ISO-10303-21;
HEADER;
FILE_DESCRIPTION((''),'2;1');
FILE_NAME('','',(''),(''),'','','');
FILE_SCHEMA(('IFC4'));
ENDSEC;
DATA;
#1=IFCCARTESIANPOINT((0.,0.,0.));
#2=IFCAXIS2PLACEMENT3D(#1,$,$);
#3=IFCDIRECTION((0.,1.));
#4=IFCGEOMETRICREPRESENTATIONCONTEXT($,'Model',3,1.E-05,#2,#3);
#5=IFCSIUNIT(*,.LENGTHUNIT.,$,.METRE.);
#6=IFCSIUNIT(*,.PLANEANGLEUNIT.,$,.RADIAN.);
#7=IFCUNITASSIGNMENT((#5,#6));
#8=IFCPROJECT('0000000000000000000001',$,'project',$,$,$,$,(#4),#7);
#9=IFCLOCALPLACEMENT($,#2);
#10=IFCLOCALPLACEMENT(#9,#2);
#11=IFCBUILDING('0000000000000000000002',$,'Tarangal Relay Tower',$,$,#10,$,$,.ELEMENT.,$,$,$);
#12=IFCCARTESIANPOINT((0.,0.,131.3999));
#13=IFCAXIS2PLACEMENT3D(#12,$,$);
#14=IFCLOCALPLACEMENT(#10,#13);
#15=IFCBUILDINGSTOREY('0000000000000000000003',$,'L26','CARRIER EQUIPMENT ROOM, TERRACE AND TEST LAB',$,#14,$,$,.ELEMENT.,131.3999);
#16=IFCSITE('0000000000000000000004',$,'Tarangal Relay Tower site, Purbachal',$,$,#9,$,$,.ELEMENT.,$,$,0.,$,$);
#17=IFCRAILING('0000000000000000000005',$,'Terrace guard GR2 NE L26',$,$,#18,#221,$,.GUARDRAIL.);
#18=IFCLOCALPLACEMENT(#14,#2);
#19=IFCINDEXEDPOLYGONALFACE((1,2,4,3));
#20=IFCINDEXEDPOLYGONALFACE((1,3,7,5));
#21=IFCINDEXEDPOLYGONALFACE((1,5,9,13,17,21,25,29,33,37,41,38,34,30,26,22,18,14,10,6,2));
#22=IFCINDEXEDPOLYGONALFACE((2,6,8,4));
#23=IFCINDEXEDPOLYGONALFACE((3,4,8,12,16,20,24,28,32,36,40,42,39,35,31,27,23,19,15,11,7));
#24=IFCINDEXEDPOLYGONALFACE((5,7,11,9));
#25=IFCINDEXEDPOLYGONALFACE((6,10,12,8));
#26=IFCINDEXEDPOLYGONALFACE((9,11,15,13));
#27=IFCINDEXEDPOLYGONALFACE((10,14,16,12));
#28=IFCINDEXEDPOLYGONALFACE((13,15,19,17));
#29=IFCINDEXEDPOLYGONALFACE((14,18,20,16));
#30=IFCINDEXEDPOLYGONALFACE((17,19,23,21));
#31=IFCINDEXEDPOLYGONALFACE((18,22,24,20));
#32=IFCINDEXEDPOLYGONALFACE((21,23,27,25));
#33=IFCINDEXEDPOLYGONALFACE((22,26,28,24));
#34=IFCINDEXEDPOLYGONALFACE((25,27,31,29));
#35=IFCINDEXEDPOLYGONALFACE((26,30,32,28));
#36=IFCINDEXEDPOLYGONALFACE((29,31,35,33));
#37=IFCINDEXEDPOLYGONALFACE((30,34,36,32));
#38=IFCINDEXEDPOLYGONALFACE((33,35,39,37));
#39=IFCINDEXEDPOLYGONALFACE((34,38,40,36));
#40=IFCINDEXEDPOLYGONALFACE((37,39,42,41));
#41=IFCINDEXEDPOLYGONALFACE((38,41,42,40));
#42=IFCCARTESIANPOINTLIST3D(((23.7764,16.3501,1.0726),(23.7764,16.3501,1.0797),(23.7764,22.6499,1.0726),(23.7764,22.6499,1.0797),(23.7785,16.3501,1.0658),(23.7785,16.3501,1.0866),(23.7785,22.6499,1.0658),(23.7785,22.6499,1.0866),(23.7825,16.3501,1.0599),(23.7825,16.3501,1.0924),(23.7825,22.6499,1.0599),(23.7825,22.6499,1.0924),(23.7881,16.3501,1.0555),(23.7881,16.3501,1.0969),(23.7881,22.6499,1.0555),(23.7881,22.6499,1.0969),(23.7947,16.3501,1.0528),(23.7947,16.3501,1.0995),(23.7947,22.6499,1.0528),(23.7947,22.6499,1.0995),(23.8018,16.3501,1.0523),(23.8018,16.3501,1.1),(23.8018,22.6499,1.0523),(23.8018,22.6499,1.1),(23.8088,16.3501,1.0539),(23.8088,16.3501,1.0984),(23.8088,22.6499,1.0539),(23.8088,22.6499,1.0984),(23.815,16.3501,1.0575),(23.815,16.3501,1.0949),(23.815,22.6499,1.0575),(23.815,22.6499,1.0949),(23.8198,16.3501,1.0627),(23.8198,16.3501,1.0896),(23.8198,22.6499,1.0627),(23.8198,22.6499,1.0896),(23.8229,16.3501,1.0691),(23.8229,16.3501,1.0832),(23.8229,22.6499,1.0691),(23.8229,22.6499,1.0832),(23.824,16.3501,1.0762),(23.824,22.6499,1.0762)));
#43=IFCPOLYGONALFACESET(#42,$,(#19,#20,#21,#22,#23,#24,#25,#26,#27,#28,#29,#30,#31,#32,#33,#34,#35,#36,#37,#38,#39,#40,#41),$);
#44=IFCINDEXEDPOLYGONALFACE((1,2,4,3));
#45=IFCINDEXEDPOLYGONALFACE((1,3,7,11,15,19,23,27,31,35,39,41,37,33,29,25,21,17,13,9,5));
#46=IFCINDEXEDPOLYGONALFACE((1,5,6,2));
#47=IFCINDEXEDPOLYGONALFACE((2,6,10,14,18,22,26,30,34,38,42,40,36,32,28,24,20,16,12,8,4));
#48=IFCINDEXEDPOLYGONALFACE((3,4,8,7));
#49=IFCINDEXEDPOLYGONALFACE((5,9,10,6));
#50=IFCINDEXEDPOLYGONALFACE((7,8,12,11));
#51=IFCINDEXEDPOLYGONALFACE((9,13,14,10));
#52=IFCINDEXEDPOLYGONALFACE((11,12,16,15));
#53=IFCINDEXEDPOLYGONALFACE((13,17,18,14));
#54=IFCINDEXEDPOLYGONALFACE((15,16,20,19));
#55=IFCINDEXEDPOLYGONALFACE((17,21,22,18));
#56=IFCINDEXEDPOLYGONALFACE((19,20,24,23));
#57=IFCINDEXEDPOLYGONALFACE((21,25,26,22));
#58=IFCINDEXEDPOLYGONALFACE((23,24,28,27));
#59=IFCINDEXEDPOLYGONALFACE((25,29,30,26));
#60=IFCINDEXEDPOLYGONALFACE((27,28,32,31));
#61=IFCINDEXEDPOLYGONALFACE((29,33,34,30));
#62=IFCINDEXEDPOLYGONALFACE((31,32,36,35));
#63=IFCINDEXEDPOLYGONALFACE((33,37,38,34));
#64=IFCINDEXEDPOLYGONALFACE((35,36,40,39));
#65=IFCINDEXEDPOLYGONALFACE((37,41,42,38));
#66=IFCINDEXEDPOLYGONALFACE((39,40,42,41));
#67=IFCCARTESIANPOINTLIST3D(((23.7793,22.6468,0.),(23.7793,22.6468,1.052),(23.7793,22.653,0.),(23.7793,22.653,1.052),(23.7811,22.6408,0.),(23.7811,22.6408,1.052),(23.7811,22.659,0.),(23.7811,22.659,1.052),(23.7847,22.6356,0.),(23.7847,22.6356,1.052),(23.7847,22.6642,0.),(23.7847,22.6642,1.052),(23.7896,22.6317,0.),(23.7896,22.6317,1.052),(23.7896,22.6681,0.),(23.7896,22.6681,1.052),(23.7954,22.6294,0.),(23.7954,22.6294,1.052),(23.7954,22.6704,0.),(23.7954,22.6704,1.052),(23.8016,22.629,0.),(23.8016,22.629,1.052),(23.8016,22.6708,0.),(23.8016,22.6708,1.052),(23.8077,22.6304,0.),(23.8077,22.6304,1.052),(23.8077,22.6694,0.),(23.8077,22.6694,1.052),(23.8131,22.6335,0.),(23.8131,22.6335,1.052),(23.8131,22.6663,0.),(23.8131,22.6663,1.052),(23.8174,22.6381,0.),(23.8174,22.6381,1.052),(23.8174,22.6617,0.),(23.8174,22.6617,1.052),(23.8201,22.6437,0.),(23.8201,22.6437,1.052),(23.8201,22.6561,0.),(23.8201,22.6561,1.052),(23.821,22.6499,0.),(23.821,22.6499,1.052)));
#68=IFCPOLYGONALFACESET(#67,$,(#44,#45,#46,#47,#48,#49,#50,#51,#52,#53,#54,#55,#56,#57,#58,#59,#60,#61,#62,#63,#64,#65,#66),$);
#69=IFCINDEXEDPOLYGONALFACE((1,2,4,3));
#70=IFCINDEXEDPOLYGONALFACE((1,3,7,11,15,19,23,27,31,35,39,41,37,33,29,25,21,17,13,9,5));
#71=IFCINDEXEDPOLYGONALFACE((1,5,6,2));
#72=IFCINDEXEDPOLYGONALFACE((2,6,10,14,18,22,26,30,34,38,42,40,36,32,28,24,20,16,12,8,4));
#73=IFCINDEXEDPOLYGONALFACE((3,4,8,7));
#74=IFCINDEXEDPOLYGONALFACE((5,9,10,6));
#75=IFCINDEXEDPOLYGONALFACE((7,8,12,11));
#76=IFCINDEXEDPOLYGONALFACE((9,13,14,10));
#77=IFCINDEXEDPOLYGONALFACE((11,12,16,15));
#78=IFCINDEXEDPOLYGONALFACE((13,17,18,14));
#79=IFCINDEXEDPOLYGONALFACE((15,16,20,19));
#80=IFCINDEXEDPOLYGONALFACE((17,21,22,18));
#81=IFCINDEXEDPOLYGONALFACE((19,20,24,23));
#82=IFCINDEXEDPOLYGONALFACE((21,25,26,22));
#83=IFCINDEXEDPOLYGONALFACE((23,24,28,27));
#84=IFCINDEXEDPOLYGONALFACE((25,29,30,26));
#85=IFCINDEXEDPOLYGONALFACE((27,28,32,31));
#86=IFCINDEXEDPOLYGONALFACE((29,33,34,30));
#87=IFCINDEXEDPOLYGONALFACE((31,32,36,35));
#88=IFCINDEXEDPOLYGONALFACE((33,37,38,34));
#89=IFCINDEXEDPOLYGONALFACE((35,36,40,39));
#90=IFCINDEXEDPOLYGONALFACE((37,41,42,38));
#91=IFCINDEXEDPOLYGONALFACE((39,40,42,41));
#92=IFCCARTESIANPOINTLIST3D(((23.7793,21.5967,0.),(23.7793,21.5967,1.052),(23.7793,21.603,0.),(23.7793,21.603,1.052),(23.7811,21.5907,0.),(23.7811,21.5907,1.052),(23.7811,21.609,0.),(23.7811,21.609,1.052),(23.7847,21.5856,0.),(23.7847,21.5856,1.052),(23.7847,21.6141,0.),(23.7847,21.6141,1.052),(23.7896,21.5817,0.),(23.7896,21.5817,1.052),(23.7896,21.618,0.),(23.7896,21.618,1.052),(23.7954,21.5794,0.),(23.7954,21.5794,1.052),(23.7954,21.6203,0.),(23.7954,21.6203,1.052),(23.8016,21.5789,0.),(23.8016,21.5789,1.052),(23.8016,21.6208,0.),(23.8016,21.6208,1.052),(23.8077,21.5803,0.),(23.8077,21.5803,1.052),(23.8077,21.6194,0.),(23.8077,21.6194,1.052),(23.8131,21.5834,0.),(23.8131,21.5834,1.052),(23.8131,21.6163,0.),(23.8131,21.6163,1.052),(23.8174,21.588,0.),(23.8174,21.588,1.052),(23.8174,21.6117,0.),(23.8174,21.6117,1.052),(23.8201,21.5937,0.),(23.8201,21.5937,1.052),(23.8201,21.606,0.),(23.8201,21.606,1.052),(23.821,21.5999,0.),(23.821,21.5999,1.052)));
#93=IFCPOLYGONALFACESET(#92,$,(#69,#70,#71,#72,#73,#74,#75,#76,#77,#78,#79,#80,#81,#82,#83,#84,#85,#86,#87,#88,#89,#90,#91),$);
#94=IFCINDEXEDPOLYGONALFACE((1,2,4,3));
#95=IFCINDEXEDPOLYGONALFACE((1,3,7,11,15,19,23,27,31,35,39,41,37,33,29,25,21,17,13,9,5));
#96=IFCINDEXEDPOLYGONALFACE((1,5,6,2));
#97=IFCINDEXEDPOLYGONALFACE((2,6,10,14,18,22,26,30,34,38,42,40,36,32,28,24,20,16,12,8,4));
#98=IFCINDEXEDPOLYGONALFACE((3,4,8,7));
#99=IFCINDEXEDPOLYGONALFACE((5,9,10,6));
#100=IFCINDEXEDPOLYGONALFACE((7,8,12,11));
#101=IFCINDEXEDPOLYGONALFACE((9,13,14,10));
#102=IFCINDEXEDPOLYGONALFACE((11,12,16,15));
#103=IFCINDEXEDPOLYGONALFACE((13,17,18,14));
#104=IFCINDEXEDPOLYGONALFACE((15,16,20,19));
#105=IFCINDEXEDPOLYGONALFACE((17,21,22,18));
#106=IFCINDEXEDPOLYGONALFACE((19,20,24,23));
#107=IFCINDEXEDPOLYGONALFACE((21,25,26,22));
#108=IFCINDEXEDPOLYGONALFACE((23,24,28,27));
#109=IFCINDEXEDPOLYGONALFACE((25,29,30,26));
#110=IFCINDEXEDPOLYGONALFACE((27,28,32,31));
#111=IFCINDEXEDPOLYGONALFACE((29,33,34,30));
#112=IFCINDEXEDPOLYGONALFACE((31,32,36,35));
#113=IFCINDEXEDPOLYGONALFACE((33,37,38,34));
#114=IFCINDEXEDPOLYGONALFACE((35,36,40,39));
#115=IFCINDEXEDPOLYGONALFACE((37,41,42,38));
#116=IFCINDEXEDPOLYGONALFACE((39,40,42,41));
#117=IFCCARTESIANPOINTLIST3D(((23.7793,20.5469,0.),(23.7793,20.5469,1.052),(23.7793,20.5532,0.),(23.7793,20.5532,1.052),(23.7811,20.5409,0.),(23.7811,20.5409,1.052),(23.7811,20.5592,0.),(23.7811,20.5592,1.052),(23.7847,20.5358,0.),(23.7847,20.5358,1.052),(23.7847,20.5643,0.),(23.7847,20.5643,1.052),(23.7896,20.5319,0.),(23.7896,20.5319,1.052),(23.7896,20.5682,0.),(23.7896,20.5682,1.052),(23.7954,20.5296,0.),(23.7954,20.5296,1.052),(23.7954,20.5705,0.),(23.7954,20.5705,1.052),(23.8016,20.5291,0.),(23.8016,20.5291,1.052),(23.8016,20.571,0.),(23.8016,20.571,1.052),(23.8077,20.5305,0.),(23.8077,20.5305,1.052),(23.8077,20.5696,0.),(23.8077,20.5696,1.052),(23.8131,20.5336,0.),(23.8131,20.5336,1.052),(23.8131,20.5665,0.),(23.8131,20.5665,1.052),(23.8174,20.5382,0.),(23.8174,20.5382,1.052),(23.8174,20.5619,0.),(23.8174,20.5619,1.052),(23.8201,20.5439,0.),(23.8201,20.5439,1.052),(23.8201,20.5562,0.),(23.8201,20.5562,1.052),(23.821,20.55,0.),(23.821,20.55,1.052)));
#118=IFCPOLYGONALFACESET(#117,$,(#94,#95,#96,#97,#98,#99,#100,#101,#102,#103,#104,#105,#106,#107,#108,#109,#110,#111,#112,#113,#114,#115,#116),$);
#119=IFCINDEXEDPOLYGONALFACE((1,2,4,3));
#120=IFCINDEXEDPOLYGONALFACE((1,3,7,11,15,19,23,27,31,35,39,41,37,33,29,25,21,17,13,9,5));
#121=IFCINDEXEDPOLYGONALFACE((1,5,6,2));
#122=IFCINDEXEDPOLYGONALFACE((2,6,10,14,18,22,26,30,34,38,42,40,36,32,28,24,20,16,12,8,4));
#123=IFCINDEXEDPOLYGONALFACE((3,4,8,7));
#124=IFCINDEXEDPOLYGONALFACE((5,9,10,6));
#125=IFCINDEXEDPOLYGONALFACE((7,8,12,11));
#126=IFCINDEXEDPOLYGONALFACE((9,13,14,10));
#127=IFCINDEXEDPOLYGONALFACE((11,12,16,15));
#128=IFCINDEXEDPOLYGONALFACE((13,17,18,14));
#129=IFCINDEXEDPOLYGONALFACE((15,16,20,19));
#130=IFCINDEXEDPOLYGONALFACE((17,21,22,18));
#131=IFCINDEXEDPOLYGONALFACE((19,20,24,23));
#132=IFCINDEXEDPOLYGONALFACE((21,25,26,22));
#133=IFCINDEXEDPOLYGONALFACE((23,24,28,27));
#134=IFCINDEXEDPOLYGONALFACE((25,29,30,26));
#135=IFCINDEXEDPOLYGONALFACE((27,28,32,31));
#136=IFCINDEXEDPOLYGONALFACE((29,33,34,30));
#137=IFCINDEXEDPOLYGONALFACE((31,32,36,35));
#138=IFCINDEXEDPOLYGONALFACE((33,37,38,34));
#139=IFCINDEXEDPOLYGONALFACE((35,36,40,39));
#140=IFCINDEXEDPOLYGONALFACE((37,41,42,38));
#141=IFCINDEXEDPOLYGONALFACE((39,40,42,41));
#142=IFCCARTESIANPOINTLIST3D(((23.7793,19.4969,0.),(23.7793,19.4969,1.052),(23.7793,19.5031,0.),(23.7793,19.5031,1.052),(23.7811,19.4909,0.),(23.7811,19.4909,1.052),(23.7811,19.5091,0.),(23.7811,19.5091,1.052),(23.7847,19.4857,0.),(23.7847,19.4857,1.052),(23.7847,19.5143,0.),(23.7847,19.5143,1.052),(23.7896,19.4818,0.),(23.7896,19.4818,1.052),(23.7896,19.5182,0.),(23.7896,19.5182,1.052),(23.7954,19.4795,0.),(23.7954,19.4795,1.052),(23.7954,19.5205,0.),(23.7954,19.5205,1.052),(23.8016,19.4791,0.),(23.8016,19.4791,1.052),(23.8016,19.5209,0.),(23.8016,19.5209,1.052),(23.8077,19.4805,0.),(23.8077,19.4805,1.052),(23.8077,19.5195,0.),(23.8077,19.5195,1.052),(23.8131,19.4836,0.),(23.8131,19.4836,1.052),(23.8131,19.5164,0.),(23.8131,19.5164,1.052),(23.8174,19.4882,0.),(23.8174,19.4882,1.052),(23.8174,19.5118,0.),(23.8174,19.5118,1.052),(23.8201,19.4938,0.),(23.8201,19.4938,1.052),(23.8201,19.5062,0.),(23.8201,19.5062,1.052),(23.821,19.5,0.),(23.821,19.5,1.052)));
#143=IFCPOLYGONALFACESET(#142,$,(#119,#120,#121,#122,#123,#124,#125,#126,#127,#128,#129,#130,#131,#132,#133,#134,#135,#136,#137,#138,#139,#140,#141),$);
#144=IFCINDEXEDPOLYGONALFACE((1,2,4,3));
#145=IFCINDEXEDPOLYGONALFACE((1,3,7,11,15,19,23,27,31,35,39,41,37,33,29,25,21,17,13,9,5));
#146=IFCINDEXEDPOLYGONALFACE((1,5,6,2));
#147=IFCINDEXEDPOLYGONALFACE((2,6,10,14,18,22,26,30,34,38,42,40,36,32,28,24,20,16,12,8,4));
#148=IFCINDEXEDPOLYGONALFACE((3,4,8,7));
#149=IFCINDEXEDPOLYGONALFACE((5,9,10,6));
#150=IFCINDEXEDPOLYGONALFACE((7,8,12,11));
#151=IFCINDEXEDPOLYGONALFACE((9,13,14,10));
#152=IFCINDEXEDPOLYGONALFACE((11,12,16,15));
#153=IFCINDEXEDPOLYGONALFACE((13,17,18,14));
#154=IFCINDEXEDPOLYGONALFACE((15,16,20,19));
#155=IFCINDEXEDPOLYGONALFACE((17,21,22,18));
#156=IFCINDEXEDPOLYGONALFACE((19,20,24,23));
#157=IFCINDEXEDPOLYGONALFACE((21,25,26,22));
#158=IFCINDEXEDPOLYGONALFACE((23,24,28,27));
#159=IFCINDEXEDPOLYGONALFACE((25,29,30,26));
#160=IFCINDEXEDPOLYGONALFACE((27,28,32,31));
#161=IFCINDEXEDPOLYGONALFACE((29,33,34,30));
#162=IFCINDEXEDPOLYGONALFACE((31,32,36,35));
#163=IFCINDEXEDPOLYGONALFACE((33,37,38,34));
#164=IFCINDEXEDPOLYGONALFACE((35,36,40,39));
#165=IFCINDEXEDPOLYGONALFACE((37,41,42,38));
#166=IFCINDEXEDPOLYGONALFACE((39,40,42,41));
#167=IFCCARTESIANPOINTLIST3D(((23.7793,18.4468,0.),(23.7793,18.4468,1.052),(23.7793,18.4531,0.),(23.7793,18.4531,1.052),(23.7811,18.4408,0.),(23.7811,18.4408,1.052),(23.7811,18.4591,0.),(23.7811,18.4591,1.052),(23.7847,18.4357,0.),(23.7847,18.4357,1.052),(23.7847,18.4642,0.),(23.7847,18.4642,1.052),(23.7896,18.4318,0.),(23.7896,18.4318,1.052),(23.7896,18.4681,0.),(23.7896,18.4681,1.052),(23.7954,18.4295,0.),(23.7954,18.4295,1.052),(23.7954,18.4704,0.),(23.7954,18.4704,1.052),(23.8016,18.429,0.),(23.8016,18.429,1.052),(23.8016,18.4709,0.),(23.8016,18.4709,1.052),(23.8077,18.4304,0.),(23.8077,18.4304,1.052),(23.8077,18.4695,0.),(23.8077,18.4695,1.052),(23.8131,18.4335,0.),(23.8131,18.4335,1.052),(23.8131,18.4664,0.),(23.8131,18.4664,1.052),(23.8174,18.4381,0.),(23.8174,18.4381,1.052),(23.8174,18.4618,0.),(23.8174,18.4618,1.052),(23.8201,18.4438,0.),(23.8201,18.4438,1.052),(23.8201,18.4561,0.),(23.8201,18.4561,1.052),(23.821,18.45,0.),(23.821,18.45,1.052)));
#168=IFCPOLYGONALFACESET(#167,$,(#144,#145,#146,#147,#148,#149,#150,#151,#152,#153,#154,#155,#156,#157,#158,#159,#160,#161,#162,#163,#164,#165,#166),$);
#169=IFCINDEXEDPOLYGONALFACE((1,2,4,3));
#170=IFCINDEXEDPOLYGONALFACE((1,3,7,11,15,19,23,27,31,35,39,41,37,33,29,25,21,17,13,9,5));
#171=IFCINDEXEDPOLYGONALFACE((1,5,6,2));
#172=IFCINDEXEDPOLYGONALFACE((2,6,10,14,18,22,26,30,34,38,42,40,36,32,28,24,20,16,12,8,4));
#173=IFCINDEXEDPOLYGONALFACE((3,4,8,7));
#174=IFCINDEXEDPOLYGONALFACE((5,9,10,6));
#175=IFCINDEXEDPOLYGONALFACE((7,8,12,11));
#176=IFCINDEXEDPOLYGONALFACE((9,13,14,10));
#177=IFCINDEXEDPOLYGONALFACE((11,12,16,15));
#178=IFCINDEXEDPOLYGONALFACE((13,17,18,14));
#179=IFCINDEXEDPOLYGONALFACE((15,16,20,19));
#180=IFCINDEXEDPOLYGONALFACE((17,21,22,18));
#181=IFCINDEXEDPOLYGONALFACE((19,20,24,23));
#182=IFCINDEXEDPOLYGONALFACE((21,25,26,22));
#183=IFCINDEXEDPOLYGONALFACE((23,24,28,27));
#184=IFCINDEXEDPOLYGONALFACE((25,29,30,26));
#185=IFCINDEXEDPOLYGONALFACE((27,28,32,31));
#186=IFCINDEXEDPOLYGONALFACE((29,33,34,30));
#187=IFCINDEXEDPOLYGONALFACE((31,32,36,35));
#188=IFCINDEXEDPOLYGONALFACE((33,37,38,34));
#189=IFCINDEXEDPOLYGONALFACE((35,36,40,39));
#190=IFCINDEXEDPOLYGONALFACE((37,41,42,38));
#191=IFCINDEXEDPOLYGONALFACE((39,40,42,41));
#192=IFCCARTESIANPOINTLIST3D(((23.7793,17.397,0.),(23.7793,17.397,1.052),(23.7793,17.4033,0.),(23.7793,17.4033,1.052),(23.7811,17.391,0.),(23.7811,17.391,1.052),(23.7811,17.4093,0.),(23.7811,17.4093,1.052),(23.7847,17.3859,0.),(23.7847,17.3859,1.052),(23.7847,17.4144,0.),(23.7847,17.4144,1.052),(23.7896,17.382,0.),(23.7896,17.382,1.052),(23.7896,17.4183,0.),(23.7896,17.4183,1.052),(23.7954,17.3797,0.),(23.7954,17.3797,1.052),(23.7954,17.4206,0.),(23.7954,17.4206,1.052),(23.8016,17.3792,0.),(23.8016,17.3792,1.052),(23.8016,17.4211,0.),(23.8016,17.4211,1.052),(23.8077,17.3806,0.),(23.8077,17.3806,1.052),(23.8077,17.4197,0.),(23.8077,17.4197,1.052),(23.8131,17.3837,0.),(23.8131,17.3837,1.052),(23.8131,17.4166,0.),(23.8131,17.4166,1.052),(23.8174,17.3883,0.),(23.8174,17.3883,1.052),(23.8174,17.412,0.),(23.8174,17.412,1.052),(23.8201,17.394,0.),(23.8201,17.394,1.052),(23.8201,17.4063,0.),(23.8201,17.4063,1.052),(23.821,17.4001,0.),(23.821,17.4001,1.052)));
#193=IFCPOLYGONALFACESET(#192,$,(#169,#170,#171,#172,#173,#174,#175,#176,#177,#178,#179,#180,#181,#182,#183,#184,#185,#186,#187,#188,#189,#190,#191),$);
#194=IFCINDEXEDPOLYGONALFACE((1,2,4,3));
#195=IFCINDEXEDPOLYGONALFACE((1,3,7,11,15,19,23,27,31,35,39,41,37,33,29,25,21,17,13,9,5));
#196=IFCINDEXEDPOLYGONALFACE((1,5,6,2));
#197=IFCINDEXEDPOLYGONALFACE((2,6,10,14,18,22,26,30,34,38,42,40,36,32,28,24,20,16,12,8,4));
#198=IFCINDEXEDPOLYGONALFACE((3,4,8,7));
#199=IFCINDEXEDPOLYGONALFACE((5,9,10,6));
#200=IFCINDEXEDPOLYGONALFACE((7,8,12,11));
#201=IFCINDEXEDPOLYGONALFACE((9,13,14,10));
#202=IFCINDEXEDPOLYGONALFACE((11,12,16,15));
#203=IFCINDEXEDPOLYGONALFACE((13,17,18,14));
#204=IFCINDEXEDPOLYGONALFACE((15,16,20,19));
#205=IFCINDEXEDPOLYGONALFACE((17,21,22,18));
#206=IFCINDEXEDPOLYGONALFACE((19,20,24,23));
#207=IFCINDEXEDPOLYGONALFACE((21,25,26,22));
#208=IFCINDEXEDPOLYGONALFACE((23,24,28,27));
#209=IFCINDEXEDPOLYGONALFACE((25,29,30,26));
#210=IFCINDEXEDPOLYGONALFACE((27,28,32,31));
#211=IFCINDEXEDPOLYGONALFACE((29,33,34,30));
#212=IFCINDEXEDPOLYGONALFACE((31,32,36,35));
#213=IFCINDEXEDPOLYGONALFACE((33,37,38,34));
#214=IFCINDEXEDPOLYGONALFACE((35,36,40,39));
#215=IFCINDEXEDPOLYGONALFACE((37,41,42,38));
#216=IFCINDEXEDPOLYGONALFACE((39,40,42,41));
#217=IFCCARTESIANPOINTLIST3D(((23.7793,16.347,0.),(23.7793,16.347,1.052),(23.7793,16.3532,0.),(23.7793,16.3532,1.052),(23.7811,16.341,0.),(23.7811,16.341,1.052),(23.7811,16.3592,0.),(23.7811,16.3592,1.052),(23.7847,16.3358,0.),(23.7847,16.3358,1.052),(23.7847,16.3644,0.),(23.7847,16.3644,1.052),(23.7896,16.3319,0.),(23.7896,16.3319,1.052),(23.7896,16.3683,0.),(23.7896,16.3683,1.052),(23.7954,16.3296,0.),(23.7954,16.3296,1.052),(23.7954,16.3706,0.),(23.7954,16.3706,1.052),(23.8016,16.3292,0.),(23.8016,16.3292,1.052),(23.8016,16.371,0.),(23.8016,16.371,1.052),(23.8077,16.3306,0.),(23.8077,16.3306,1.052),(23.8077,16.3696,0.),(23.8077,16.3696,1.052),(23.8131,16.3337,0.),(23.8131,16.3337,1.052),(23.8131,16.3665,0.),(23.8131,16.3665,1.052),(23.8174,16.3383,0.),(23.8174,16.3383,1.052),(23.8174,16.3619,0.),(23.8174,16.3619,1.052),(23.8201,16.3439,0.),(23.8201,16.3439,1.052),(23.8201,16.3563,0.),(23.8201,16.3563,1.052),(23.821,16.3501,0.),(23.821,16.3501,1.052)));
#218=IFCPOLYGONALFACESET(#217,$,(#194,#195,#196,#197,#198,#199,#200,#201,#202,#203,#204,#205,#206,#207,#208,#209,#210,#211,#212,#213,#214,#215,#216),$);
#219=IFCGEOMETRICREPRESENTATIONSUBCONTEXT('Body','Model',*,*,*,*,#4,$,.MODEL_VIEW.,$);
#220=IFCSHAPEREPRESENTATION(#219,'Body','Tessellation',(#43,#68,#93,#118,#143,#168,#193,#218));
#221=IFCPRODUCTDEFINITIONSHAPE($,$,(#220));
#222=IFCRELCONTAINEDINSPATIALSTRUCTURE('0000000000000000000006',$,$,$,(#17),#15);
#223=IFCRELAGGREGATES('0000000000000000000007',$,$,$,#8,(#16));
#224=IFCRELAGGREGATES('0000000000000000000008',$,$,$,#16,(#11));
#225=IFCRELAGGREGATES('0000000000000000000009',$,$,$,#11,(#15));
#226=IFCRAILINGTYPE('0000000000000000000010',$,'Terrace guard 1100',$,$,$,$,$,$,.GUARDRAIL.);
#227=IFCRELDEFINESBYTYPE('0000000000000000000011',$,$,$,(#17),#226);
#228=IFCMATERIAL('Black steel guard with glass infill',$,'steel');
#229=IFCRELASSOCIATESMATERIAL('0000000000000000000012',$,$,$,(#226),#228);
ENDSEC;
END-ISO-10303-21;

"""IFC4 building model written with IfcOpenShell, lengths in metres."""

from ifc_helpers import new_model, si_unit, direction, frame, origin, origin_2d, place, context, subcontext, project, spatial, circle, extrude, material, type_object, element, save


model = new_model("IFC4")

# Units and contexts
model_context = context("Model", 3, precision=1e-05, world=origin(), true_north=direction((0.0, 1.0)))
body_context = subcontext(model_context, "Body", "Model", "MODEL_VIEW")
ifc_project = project(units=[si_unit("LENGTHUNIT", "METRE"), si_unit("PLANEANGLEUNIT", "RADIAN")], contexts=[model_context])

# Site, building, storey
site_placement = place(None, origin())
site = spatial("IfcSite", under=ifc_project, at=site_placement, Name="Tarangal Relay Tower site, Purbachal", CompositionType="ELEMENT", RefElevation=0.0)
building_placement = place(site_placement, origin())
building = spatial("IfcBuilding", under=site, at=building_placement, Name="Tarangal Relay Tower", CompositionType="ELEMENT")
storey_placement = place(building_placement, frame((0.0, 0.0, 131.3999)))
storey = spatial("IfcBuildingStorey", under=building, at=storey_placement, Name="L26", Description="CARRIER EQUIPMENT ROOM, TERRACE AND TEST LAB", CompositionType="ELEMENT", Elevation=131.3999)

# Railing
ifc_material_1 = material(Name="Black steel guard with glass infill", Category="steel")
railing_type = type_object("IfcRailingType", Name="Terrace guard 1100", PredefinedType="GUARDRAIL", material=ifc_material_1)
railing_1_placement = place(storey_placement, frame((23.8, 22.6499, 0.0)))
element("IfcRailing", 1, at=railing_1_placement, inside=storey, type_object=railing_type, Name="Terrace guard GR2 NE L26", PredefinedType="GUARDRAIL", context=body_context, shape_type="SweptSolid", body=[
    extrude(circle(Radius=0.0239, at=origin_2d()), frame((0.0, 0.0, 1.0762), z_axis=(0.0, -1.0, 0.0), x_axis=(1.0, 0.0, 0.0)), (0.0, 0.0, 1.0), 6.2998),
    extrude(circle(Radius=0.021, at=origin_2d()), origin(), (0.0, 0.0, 1.0), 1.052),
    extrude(circle(Radius=0.021, at=origin_2d()), frame((0.0, -1.05, 0.0)), (0.0, 0.0, 1.0), 1.052),
    extrude(circle(Radius=0.021, at=origin_2d()), frame((0.0, -2.0999, 0.0)), (0.0, 0.0, 1.0), 1.052),
    extrude(circle(Radius=0.021, at=origin_2d()), frame((0.0, -3.1499, 0.0)), (0.0, 0.0, 1.0), 1.052),
    extrude(circle(Radius=0.021, at=origin_2d()), frame((0.0, -4.2, 0.0)), (0.0, 0.0, 1.0), 1.052),
    extrude(circle(Radius=0.021, at=origin_2d()), frame((0.0, -5.2498, 0.0)), (0.0, 0.0, 1.0), 1.052),
    extrude(circle(Radius=0.021, at=origin_2d()), frame((0.0, -6.2998, 0.0)), (0.0, 0.0, 1.0), 1.052),
])

save(model, "model.ifc")
